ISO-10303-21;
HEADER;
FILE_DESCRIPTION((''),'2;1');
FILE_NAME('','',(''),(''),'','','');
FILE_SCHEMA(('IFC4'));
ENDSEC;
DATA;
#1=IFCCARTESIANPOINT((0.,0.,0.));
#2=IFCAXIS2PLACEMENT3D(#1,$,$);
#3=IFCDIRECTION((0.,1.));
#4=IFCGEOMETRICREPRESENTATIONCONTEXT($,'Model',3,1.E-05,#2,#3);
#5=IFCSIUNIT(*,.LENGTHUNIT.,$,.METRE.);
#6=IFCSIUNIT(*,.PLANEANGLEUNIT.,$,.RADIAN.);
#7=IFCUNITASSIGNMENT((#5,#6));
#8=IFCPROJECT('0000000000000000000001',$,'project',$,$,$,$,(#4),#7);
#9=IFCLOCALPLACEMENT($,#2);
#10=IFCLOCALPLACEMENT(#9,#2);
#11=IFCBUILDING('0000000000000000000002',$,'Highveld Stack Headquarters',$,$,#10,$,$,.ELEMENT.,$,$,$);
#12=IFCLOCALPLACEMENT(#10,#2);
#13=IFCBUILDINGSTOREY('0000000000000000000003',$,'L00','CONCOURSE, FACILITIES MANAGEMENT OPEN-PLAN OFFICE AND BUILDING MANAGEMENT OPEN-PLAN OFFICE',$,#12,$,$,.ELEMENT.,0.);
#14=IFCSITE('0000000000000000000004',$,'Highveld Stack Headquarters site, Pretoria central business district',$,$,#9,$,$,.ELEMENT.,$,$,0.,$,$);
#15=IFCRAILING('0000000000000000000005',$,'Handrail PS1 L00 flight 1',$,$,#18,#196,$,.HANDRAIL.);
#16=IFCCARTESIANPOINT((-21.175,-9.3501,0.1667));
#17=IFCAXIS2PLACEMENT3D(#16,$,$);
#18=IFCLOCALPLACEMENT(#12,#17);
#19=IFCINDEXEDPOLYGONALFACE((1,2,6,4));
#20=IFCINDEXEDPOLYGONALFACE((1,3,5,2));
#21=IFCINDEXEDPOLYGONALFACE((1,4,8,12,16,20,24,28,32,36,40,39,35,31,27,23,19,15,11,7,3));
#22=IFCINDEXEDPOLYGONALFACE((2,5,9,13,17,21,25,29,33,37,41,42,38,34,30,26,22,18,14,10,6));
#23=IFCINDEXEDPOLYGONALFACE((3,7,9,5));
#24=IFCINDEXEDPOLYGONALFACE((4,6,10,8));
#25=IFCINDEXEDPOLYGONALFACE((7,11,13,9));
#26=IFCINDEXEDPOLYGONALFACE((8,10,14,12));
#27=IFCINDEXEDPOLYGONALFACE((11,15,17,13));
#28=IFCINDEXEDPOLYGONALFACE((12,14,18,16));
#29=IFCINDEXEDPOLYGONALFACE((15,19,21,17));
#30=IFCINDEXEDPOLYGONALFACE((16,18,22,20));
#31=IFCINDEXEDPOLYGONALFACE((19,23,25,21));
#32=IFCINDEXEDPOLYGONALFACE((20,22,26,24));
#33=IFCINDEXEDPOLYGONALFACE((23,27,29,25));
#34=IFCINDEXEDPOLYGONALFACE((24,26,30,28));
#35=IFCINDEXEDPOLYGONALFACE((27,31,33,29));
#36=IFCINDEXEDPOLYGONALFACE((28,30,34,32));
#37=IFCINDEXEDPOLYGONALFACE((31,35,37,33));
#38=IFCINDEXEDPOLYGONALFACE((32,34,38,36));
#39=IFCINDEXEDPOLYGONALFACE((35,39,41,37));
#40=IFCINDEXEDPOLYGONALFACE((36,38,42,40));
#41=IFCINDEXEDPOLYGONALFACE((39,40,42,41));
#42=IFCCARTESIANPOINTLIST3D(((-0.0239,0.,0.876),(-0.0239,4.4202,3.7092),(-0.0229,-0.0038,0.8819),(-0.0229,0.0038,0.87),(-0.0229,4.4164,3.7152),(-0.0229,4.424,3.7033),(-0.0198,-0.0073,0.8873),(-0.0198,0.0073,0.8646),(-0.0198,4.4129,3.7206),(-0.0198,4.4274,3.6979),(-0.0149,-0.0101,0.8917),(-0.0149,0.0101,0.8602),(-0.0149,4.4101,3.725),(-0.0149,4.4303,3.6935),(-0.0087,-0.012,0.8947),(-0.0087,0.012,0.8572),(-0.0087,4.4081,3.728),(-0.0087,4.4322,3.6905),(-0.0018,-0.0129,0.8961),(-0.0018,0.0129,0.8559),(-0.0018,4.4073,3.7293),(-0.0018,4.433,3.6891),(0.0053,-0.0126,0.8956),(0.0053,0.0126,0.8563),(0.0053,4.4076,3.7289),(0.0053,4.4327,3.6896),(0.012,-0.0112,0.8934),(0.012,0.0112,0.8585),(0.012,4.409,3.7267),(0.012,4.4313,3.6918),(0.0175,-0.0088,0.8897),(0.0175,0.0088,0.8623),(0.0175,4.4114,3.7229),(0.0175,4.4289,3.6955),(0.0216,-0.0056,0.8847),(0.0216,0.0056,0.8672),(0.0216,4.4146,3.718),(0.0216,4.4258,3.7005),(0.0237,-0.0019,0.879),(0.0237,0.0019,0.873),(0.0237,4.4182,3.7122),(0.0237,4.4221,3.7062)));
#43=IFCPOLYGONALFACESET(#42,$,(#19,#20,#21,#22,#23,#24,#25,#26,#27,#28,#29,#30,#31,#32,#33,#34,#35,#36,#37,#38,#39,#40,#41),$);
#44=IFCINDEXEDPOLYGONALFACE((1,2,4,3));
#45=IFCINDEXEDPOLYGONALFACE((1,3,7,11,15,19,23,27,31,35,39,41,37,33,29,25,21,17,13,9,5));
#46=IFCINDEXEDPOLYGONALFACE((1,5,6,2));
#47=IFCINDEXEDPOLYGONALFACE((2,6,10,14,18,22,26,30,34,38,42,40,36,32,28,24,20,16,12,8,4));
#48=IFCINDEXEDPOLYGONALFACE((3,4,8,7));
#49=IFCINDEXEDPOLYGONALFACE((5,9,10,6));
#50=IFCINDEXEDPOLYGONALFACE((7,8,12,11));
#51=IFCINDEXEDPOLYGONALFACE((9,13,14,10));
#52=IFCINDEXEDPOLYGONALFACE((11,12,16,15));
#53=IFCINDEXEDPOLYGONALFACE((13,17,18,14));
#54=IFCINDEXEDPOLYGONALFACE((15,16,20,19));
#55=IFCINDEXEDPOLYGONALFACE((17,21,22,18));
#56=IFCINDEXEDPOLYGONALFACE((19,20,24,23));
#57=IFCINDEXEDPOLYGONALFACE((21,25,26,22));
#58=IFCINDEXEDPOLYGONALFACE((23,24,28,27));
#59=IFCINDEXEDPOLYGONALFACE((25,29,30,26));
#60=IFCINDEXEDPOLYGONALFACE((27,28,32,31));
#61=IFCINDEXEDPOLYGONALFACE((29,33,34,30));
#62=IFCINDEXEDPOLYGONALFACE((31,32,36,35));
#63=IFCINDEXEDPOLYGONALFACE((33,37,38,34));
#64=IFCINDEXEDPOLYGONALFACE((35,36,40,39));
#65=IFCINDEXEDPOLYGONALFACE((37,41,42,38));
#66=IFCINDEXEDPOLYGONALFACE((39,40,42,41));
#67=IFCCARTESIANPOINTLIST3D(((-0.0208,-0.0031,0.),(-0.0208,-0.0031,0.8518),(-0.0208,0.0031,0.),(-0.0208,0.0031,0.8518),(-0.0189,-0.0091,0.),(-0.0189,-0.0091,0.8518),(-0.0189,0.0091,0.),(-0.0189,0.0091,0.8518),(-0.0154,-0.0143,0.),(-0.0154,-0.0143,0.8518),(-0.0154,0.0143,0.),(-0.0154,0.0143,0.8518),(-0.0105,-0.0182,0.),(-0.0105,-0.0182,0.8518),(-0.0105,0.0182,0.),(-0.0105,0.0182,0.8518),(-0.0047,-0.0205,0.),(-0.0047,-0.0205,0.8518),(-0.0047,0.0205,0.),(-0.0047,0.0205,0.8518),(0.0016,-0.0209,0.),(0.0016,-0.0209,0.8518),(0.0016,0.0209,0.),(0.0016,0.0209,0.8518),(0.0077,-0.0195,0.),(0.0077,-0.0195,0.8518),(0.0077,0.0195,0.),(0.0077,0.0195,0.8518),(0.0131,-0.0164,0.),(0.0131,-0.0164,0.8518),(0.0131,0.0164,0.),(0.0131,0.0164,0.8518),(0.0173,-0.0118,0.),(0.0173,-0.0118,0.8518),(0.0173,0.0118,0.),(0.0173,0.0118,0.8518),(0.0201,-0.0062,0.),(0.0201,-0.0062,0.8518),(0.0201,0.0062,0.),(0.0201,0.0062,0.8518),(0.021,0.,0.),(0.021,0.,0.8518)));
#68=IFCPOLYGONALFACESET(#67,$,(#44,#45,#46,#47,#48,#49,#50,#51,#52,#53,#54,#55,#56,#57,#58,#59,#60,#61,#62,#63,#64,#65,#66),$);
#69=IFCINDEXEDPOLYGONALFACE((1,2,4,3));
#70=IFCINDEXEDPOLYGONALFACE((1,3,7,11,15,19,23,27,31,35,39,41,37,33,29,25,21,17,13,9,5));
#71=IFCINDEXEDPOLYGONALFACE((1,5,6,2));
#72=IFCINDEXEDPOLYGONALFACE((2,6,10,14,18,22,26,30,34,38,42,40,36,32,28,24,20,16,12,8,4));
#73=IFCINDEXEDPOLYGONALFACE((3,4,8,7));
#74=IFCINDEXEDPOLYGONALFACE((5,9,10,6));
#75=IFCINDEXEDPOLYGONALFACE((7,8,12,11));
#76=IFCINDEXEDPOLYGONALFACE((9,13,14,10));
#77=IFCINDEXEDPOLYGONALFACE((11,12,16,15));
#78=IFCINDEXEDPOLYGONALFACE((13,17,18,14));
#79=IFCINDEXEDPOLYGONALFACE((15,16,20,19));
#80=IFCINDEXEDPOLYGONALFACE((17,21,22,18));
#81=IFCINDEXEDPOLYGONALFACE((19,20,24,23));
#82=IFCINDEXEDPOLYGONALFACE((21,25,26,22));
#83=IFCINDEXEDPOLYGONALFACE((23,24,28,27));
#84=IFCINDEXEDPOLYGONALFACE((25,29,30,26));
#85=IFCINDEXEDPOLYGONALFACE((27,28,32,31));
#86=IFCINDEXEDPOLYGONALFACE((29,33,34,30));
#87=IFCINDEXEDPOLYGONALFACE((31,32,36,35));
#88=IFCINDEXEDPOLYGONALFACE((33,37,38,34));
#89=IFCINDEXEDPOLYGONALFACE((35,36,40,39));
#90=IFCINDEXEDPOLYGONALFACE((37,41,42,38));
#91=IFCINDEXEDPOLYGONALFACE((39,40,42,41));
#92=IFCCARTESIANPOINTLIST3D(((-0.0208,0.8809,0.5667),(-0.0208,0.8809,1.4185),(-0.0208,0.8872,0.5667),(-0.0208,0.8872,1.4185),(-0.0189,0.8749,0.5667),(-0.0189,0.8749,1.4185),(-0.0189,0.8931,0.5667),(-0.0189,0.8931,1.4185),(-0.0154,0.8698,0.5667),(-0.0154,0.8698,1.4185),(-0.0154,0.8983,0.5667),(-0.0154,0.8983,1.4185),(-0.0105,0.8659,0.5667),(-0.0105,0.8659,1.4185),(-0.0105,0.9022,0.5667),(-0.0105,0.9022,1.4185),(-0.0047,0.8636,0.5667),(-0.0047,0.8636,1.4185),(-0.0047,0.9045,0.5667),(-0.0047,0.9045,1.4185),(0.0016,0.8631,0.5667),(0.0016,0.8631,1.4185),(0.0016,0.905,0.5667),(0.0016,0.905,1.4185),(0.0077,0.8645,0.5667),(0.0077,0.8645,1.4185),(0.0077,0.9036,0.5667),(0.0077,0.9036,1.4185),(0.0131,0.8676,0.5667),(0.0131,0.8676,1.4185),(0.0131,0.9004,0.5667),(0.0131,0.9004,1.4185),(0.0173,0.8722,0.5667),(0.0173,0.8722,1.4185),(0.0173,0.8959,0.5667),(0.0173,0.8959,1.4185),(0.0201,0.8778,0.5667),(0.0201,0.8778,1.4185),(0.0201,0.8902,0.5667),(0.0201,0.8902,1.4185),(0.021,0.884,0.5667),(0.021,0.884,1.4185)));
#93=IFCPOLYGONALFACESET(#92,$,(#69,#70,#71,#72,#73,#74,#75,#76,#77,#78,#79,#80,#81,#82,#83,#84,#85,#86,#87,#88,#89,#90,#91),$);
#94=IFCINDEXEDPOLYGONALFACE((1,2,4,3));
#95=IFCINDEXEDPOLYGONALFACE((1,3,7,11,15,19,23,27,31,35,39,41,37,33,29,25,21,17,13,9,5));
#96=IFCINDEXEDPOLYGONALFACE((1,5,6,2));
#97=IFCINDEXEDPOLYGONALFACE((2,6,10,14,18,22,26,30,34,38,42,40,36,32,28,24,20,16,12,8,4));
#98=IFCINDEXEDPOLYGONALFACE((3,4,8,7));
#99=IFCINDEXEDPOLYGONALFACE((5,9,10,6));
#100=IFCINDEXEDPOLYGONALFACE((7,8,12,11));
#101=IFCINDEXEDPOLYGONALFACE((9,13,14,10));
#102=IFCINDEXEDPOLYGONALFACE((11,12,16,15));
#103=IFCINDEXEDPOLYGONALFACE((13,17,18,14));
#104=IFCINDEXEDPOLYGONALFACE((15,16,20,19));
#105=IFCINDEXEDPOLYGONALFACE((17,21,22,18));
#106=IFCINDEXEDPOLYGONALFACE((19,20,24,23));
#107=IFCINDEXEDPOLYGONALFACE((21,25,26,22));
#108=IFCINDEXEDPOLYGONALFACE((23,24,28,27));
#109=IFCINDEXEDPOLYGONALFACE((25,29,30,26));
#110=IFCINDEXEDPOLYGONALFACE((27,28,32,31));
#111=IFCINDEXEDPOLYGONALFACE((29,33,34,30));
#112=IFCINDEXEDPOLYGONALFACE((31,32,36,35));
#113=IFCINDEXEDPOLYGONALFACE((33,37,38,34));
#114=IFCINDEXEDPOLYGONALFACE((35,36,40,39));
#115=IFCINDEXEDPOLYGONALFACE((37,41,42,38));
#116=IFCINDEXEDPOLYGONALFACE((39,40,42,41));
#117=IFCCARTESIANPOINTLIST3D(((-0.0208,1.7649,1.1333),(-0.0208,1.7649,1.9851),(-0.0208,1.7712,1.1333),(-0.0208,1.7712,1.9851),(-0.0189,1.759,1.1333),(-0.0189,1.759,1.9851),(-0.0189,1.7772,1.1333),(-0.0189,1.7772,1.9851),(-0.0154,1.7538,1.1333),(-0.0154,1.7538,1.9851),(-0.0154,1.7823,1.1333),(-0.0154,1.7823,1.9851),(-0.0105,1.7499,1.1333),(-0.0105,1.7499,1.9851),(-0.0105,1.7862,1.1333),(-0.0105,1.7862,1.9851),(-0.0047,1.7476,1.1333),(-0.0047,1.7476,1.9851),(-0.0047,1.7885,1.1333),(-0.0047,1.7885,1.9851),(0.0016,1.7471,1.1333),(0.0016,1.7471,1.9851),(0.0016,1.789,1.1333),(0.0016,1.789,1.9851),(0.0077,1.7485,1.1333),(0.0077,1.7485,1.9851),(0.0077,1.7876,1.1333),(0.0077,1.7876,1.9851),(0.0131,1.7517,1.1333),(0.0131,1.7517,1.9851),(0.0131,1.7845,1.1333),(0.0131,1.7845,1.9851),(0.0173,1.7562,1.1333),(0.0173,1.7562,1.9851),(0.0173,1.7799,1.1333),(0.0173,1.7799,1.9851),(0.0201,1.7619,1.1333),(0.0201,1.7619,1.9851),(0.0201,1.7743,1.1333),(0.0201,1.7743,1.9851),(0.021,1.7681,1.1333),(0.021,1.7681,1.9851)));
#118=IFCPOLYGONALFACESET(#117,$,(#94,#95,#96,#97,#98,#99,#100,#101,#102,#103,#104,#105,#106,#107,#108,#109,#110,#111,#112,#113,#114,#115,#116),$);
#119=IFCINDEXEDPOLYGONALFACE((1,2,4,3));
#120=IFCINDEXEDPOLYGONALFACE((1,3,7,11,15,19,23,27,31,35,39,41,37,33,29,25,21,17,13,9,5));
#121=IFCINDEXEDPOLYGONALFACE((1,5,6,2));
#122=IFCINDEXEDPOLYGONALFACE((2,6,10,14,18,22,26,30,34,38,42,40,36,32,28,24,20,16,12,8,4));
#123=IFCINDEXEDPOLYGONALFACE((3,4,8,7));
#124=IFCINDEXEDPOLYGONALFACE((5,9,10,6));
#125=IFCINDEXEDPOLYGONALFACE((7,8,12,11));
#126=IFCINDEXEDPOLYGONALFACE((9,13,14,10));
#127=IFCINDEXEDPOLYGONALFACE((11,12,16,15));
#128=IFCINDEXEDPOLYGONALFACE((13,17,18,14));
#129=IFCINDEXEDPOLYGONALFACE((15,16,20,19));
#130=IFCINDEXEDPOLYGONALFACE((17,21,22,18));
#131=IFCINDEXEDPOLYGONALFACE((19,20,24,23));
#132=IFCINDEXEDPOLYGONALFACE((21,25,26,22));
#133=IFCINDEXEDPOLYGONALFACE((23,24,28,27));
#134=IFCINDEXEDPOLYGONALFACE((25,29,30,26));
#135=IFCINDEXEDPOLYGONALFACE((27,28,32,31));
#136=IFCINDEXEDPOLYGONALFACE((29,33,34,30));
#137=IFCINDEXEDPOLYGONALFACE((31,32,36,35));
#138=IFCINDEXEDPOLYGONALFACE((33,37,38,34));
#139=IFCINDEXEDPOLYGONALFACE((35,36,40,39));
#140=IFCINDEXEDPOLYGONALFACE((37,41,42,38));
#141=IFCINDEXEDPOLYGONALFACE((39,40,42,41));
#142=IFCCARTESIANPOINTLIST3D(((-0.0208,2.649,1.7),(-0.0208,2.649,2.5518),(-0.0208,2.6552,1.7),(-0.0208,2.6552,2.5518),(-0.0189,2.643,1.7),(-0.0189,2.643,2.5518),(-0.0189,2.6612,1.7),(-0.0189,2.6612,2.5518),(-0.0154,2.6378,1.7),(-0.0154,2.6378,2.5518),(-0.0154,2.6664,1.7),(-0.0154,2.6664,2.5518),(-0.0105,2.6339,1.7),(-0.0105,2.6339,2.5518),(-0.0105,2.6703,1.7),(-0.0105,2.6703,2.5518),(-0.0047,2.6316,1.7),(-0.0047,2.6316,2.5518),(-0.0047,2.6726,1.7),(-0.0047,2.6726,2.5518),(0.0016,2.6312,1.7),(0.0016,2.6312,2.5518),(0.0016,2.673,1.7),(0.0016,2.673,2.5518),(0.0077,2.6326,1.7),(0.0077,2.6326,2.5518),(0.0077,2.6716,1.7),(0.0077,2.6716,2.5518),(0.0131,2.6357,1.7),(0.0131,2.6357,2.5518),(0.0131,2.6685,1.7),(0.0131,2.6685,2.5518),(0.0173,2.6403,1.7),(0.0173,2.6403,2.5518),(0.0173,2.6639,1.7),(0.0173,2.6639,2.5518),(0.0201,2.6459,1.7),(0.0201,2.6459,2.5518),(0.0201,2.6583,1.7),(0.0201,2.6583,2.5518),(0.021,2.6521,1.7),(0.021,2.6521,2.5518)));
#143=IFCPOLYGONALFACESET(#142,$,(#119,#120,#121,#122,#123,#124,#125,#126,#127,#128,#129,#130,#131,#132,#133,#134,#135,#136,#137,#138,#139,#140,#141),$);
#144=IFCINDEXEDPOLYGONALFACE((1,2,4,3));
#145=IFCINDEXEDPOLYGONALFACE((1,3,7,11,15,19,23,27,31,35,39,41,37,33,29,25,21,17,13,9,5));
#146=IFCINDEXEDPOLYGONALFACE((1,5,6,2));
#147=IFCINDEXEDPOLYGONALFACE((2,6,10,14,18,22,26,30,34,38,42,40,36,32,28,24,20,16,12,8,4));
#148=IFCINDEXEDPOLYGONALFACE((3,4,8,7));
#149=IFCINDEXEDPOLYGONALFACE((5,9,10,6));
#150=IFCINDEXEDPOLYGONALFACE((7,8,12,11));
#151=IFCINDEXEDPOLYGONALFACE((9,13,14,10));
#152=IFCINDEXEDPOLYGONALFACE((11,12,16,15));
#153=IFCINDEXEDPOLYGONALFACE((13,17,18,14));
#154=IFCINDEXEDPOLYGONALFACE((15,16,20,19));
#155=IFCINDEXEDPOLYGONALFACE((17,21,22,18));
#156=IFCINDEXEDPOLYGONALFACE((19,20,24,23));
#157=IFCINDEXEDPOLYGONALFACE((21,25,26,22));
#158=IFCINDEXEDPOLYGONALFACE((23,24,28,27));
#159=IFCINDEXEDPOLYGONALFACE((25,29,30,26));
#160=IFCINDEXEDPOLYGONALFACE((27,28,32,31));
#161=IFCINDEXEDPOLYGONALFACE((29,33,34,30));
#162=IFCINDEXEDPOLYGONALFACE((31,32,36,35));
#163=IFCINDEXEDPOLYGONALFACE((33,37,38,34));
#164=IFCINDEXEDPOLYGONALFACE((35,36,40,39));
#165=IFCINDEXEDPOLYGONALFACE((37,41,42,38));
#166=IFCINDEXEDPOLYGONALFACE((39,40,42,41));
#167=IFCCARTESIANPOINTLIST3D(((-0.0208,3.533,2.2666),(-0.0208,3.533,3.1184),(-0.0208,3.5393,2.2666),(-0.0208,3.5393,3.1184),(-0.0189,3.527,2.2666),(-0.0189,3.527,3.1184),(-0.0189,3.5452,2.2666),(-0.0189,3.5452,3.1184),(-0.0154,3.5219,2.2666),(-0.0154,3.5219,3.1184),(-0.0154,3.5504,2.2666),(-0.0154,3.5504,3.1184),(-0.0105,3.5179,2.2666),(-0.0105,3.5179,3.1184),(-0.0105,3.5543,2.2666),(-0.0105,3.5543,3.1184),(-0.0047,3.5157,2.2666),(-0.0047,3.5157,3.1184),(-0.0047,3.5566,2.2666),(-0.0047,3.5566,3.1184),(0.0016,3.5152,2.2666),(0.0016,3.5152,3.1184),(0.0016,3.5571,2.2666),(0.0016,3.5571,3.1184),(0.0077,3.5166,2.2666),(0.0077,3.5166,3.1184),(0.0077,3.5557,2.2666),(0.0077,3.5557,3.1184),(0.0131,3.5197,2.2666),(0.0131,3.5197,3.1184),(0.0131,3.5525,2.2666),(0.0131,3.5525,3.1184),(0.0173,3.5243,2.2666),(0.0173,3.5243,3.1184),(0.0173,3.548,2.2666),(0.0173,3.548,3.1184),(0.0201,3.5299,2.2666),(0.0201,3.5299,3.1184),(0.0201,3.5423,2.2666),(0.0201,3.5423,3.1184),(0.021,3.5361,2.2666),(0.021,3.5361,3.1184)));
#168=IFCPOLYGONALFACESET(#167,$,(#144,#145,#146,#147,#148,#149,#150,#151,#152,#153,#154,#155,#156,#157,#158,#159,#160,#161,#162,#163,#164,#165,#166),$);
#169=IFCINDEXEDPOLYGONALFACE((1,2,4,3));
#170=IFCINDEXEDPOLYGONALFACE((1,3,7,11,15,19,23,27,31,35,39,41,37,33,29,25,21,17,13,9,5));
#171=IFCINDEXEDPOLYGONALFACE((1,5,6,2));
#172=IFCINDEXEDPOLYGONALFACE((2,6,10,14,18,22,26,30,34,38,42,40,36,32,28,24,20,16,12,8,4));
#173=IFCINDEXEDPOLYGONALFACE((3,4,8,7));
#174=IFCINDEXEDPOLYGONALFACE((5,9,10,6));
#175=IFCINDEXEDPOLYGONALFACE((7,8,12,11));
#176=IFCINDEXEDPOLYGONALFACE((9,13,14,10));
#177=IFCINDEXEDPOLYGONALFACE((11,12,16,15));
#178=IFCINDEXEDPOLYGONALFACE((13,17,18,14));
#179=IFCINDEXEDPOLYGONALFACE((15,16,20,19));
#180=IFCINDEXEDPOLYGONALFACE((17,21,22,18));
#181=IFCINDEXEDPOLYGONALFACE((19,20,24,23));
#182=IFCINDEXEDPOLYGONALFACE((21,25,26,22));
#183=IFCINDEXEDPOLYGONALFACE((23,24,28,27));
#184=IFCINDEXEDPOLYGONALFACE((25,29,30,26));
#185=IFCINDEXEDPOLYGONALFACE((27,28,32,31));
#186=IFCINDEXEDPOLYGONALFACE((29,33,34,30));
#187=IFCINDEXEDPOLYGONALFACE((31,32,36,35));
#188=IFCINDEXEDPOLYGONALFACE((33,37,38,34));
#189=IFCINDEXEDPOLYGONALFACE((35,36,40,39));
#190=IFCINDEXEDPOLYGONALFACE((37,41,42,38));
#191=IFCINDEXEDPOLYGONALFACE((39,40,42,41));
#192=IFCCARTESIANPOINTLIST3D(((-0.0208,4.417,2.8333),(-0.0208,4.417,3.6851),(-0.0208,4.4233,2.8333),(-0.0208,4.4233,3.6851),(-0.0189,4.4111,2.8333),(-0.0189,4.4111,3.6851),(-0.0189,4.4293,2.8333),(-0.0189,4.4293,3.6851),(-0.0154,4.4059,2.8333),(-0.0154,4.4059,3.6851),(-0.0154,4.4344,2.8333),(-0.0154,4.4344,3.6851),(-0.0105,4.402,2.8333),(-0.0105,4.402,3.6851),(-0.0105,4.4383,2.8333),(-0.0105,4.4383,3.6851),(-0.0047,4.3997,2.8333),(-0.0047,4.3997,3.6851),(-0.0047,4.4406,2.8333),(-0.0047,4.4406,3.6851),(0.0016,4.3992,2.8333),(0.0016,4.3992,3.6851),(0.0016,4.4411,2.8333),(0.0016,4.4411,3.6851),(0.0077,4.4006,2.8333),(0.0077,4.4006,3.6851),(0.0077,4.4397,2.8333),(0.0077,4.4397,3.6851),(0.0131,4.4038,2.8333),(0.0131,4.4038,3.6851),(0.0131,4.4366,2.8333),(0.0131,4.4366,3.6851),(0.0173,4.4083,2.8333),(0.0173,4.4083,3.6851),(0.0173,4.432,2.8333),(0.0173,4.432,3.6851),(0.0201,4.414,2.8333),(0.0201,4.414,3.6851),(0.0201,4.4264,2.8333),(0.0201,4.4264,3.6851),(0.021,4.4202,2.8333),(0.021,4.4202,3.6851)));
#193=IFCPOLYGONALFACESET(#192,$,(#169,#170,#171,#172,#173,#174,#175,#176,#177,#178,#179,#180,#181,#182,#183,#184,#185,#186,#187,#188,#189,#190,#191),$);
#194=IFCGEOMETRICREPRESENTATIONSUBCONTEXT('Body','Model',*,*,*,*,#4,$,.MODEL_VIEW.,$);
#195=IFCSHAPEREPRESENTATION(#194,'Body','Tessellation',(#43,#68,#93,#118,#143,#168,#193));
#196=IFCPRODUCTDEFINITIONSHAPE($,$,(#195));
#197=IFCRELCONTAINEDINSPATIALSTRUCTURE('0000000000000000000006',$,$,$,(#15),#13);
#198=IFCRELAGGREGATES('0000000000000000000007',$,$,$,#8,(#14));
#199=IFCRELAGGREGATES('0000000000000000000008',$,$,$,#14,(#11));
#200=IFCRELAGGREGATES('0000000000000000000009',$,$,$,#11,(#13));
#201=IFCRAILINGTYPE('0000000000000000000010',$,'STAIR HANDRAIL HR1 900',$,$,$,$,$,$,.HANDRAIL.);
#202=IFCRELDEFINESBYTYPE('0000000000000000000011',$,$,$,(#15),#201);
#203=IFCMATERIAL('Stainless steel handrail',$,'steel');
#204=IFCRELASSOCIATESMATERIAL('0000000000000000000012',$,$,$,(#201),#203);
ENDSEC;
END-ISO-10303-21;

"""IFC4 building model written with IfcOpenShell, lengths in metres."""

from ifc_helpers import new_model, si_unit, direction, frame, origin, origin_2d, place, context, subcontext, project, spatial, circle, extrude, material, type_object, element, save


model = new_model("IFC4")

# Units and contexts
model_context = context("Model", 3, precision=1e-05, world=origin(), true_north=direction((0.0, 1.0)))
body_context = subcontext(model_context, "Body", "Model", "MODEL_VIEW")
ifc_project = project(units=[si_unit("LENGTHUNIT", "METRE"), si_unit("PLANEANGLEUNIT", "RADIAN")], contexts=[model_context])

# Site, building, storey
site_placement = place(None, origin())
site = spatial("IfcSite", under=ifc_project, at=site_placement, Name="Highveld Stack Headquarters site, Pretoria central business district", CompositionType="ELEMENT", RefElevation=0.0)
building_placement = place(site_placement, origin())
building = spatial("IfcBuilding", under=site, at=building_placement, Name="Highveld Stack Headquarters", CompositionType="ELEMENT")
storey_placement = place(building_placement, origin())
storey = spatial("IfcBuildingStorey", under=building, at=storey_placement, Name="L00", Description="CONCOURSE, FACILITIES MANAGEMENT OPEN-PLAN OFFICE AND BUILDING MANAGEMENT OPEN-PLAN OFFICE", CompositionType="ELEMENT", Elevation=0.0)

# Railing
ifc_material_1 = material(Name="Stainless steel handrail", Category="steel")
railing_type = type_object("IfcRailingType", Name="STAIR HANDRAIL HR1 900", PredefinedType="HANDRAIL", material=ifc_material_1)
for number, where, name in (
    (1, (-21.175, -9.3501, 0.1667), "Handrail PS1 L00 flight 1"),
):
    element("IfcRailing", number, at=place(storey_placement, frame(where)), inside=storey, type_object=railing_type, Name=name, PredefinedType="HANDRAIL", context=body_context, shape_type="SweptSolid", body=[
        extrude(circle(Radius=0.0239, at=origin_2d()), frame((0.0, 0.0, 0.876), z_axis=(0.0, 0.841895, 0.539641), x_axis=(-1.0, 0.0, 0.0)), (0.0, 0.0, 1.0), 5.2502),
        extrude(circle(Radius=0.021, at=origin_2d()), origin(), (0.0, 0.0, 1.0), 0.8518),
        extrude(circle(Radius=0.021, at=origin_2d()), frame((0.0, 0.884, 0.5667)), (0.0, 0.0, 1.0), 0.8518),
        extrude(circle(Radius=0.021, at=origin_2d()), frame((0.0, 1.7681, 1.1333)), (0.0, 0.0, 1.0), 0.8518),
        extrude(circle(Radius=0.021, at=origin_2d()), frame((0.0, 2.6521, 1.7)), (0.0, 0.0, 1.0), 0.8518),
        extrude(circle(Radius=0.021, at=origin_2d()), frame((0.0, 3.5361, 2.2666)), (0.0, 0.0, 1.0), 0.8518),
        extrude(circle(Radius=0.021, at=origin_2d()), frame((0.0, 4.4202, 2.8333)), (0.0, 0.0, 1.0), 0.8518),
    ])

save(model, "model.ifc")
